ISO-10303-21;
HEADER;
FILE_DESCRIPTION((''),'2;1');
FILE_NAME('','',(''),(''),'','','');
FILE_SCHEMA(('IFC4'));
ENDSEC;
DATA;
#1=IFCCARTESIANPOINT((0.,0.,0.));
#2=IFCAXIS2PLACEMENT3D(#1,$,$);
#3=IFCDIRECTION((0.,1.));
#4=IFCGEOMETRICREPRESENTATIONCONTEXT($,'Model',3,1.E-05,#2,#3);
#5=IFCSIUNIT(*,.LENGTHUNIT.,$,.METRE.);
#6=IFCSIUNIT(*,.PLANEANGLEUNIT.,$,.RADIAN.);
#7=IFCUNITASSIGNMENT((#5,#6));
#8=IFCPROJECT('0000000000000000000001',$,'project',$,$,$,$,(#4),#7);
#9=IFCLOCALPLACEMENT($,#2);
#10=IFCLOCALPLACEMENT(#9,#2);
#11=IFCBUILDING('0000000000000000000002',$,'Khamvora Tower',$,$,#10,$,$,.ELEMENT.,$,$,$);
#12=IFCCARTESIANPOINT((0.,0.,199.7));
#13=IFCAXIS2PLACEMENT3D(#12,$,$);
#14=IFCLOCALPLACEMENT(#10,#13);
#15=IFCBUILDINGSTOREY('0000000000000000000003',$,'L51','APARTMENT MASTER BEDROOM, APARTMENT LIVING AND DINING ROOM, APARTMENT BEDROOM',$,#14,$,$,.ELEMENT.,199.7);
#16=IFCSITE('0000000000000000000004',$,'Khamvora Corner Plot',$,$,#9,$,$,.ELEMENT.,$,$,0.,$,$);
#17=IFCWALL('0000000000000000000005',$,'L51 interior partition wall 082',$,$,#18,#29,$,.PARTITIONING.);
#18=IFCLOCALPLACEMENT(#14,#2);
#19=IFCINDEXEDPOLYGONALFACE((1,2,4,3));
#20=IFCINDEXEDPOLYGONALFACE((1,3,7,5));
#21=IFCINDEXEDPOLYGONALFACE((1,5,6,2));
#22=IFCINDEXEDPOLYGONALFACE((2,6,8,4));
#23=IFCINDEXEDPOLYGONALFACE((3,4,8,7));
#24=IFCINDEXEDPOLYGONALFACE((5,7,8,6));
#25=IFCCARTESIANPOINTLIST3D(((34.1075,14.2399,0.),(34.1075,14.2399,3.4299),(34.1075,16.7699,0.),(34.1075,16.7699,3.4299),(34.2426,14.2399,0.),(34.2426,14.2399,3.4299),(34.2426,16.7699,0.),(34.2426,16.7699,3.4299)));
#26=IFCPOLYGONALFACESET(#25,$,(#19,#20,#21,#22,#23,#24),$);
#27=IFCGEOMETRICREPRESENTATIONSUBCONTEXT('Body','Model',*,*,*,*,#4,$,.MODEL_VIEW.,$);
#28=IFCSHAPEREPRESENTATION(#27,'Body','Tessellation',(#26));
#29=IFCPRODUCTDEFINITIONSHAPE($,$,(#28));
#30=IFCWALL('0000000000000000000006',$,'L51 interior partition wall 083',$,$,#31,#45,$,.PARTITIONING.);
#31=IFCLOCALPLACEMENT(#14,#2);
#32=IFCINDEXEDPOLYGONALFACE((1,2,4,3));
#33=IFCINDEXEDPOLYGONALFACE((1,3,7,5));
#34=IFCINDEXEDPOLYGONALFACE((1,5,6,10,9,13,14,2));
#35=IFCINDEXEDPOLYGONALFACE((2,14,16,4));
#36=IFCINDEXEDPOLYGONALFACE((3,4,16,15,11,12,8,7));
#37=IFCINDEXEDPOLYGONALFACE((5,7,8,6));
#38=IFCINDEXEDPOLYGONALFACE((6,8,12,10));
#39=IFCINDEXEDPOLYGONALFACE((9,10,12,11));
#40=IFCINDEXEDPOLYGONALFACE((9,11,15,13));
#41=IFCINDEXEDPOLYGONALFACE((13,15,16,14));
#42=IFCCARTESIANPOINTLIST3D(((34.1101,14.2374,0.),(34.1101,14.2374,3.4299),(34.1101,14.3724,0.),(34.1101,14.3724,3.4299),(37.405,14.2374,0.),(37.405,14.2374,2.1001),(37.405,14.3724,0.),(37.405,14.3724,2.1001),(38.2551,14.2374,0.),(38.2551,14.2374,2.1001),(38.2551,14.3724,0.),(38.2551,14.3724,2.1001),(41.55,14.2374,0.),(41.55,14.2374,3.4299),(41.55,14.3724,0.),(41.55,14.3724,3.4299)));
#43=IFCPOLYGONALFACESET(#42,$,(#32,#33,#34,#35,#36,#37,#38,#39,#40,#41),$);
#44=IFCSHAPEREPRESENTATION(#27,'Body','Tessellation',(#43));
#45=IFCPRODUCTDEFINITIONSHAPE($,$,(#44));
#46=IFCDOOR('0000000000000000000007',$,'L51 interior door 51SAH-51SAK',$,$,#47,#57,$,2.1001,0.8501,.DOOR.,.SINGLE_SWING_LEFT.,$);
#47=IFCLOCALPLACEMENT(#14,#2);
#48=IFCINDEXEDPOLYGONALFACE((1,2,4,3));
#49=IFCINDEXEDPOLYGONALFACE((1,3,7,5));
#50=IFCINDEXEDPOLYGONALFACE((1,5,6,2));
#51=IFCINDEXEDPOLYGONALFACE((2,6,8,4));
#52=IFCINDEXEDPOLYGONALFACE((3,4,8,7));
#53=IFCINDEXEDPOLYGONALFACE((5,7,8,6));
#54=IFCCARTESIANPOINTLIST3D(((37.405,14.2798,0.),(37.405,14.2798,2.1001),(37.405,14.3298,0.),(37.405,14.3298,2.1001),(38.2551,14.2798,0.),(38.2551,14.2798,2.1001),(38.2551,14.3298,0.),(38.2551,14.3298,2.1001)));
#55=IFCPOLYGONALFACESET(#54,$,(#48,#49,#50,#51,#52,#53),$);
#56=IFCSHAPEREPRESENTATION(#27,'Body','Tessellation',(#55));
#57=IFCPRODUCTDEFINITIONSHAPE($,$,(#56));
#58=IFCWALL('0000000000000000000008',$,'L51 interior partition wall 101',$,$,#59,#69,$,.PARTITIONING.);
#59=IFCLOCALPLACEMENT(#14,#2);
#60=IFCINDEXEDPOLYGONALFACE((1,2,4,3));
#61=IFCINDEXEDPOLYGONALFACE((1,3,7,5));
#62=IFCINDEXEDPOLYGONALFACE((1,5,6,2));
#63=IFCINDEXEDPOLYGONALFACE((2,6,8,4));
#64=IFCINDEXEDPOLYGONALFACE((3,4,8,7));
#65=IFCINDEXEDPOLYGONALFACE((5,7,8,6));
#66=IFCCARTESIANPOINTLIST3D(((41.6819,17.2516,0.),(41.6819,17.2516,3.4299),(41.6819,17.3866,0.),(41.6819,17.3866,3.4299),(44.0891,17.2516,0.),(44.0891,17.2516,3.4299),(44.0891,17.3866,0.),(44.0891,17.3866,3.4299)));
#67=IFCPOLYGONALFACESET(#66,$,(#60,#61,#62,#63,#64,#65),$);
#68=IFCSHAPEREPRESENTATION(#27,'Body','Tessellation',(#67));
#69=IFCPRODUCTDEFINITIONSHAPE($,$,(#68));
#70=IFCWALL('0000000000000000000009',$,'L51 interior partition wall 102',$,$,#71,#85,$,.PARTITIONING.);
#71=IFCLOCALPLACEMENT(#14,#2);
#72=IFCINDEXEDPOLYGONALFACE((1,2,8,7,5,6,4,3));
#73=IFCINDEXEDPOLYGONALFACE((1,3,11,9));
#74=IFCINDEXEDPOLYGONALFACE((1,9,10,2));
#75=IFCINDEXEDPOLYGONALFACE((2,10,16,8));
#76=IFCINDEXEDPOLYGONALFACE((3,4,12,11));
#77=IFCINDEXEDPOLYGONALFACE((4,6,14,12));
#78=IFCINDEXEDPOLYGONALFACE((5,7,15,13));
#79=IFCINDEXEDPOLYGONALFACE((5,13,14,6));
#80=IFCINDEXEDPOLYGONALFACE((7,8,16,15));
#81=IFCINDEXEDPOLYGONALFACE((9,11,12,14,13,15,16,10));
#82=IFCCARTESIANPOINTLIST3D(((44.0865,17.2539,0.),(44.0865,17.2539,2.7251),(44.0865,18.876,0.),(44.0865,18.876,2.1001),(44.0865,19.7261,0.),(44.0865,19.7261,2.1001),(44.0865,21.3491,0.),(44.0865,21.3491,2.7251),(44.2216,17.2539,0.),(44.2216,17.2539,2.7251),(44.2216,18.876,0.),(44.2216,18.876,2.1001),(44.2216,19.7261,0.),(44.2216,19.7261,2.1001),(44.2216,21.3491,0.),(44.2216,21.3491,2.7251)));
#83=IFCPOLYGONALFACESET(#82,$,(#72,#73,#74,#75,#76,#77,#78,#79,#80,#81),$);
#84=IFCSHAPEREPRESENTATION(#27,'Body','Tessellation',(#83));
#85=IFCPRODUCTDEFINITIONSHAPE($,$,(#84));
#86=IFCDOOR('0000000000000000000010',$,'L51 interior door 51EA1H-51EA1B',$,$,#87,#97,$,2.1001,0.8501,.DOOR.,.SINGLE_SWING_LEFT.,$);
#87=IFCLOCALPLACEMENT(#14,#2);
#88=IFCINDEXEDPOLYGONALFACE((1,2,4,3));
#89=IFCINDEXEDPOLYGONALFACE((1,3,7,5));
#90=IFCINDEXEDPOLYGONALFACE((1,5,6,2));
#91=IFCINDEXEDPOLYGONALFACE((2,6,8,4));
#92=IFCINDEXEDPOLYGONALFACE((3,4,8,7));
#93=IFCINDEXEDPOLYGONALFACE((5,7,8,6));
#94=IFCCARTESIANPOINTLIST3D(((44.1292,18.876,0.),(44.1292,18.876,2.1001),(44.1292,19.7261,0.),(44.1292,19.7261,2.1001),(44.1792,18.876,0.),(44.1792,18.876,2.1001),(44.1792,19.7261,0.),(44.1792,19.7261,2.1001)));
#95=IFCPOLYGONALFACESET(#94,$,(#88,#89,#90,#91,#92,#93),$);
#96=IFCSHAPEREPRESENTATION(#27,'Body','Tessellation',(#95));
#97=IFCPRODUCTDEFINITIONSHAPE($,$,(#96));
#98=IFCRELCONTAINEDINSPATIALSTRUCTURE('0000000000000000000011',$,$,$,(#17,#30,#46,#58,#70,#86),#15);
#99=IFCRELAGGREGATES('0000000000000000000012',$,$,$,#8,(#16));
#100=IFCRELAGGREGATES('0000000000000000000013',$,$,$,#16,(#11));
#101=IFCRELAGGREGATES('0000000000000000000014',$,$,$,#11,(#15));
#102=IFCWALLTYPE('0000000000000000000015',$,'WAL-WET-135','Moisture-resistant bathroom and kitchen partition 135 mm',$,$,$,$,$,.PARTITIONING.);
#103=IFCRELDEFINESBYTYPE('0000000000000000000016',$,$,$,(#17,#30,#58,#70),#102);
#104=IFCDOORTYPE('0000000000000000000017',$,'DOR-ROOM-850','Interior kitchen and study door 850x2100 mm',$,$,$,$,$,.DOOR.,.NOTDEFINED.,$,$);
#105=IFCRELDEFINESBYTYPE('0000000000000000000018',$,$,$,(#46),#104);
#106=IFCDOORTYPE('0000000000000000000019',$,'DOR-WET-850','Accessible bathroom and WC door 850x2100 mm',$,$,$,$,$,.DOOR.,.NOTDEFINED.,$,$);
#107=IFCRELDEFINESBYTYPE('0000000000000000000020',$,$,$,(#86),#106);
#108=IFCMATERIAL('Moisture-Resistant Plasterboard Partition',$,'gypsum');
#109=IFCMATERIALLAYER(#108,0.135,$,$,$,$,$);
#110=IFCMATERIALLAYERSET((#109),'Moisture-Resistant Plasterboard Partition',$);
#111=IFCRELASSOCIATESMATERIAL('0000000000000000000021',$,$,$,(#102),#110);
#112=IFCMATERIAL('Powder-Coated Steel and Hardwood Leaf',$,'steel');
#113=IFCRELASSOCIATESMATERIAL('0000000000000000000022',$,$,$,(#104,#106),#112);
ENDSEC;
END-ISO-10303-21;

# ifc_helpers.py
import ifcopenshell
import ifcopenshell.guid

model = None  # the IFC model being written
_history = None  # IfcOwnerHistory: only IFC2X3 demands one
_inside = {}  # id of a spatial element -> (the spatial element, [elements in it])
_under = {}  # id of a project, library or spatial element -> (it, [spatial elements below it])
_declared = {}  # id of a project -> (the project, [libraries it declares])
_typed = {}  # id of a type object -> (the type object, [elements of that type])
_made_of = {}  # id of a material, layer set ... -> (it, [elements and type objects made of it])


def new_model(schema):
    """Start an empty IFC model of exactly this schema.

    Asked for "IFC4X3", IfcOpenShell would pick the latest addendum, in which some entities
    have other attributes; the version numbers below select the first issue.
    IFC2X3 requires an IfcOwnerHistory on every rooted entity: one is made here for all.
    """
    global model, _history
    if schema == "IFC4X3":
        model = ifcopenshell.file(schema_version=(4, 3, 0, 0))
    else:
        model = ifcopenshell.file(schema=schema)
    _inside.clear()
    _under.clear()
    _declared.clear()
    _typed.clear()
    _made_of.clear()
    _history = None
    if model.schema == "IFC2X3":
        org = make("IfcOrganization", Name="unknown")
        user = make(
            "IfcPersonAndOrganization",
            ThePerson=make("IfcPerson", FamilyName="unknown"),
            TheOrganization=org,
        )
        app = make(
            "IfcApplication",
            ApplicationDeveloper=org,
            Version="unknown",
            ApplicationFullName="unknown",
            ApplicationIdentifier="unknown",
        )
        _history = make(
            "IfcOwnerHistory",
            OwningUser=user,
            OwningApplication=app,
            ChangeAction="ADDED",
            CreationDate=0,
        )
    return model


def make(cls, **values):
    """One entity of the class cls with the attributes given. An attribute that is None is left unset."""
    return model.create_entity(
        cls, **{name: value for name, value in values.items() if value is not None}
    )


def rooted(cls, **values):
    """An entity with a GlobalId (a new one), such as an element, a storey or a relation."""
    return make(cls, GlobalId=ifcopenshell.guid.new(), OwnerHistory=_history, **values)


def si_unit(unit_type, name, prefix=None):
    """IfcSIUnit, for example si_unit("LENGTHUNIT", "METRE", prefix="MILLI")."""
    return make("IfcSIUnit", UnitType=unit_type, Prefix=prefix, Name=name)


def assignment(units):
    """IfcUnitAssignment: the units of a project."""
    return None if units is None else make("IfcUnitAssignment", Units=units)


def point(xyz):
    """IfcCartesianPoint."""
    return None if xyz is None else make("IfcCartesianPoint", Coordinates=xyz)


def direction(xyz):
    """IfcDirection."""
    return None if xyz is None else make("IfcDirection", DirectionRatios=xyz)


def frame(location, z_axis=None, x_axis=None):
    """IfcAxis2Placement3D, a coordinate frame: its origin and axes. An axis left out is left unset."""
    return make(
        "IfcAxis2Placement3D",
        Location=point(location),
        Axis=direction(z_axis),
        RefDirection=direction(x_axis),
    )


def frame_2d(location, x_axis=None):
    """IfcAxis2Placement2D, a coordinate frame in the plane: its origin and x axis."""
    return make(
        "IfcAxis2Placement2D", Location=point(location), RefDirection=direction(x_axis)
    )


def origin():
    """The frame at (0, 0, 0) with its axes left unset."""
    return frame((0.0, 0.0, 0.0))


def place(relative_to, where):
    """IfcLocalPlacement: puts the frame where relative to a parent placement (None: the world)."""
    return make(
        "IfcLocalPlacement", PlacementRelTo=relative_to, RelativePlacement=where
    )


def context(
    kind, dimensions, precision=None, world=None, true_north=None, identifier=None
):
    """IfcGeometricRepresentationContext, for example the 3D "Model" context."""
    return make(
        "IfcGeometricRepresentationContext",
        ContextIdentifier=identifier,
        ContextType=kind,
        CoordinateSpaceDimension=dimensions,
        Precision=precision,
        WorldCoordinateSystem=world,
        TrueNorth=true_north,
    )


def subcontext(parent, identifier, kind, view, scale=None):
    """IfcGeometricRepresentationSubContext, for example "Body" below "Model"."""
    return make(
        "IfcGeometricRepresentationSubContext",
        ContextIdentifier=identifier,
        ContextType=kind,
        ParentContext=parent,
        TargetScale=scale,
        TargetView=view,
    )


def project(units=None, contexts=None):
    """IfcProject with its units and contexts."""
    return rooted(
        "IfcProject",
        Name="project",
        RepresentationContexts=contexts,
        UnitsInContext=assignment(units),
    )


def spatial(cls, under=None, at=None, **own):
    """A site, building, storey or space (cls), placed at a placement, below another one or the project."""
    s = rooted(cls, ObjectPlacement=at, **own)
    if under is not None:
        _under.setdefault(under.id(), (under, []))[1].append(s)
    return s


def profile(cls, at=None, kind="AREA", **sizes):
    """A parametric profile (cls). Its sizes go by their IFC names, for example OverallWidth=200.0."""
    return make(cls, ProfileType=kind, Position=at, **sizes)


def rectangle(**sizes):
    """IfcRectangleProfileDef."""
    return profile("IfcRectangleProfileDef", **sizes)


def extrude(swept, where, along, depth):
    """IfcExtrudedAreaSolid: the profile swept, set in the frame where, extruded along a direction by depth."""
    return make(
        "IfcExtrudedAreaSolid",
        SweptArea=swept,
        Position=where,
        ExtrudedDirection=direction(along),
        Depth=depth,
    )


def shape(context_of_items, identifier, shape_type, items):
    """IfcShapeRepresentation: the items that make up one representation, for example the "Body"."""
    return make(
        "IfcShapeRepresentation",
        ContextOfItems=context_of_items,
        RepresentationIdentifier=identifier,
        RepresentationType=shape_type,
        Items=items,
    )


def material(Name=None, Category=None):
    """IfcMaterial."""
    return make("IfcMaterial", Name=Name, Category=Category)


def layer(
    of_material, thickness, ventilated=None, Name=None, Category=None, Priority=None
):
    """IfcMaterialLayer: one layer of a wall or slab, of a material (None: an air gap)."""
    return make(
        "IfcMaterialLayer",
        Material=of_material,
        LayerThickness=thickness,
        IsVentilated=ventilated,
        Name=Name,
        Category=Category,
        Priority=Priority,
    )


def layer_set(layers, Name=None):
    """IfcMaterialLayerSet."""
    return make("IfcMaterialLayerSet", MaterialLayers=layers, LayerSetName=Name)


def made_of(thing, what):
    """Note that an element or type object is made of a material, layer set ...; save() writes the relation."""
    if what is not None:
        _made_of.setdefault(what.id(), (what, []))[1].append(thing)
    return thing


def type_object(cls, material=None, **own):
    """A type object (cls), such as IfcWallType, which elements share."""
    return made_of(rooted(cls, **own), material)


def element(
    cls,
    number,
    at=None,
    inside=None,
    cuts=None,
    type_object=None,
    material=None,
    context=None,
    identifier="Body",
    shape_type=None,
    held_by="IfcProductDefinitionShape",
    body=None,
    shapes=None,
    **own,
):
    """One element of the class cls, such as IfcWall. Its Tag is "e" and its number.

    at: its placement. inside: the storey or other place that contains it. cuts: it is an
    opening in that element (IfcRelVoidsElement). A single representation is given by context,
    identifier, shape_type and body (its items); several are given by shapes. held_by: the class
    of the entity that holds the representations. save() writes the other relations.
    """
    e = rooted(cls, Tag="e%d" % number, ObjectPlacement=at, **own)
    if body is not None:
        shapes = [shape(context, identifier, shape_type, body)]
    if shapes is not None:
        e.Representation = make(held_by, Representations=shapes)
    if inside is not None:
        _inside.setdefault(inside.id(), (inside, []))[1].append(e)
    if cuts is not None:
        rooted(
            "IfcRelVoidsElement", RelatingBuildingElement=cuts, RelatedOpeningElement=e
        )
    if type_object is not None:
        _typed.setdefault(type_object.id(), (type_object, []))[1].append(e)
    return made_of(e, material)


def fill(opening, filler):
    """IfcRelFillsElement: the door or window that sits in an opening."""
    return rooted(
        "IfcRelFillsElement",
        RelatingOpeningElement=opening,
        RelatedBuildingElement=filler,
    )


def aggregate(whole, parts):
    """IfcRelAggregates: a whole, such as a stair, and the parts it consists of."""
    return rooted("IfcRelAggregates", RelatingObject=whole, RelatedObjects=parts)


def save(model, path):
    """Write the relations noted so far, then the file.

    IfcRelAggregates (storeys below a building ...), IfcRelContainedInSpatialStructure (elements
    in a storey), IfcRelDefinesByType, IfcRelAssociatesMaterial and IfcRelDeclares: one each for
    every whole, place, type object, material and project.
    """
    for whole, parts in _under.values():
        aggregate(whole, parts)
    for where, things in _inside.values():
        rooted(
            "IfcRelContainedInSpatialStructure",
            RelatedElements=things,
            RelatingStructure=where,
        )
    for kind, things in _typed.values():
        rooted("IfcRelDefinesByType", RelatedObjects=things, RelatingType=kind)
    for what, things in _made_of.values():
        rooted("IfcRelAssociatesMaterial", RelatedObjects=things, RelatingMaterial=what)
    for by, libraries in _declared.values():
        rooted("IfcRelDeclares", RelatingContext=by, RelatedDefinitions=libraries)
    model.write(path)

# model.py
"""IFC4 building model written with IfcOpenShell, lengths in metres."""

from ifc_helpers import new_model, si_unit, direction, frame, frame_2d, origin, place, context, subcontext, project, spatial, rectangle, extrude, material, layer, layer_set, type_object, element, fill, save


model = new_model("IFC4")

# Units and contexts
model_context = context("Model", 3, precision=1e-05, world=origin(), true_north=direction((0.0, 1.0)))
body_context = subcontext(model_context, "Body", "Model", "MODEL_VIEW")
ifc_project = project(units=[si_unit("LENGTHUNIT", "METRE"), si_unit("PLANEANGLEUNIT", "RADIAN")], contexts=[model_context])

# Site, building, storey
site_placement = place(None, origin())
site = spatial("IfcSite", under=ifc_project, at=site_placement, Name="Khamvora Corner Plot", CompositionType="ELEMENT", RefElevation=0.0)
building_placement = place(site_placement, origin())
building = spatial("IfcBuilding", under=site, at=building_placement, Name="Khamvora Tower", CompositionType="ELEMENT")
storey_placement = place(building_placement, frame((0.0, 0.0, 199.7)))
storey = spatial("IfcBuildingStorey", under=building, at=storey_placement, Name="L51", Description="APARTMENT MASTER BEDROOM, APARTMENT LIVING AND DINING ROOM, APARTMENT BEDROOM", CompositionType="ELEMENT", Elevation=199.7)

# Shared definitions
ifc_material_1 = material(Name="Powder-Coated Steel and Hardwood Leaf", Category="steel")

# Wall
ifc_material_2 = material(Name="Moisture-Resistant Plasterboard Partition", Category="gypsum")
ifc_layer_1 = layer(ifc_material_2, 0.135)
ifc_layer_set_1 = layer_set([ifc_layer_1], Name="Moisture-Resistant Plasterboard Partition")
wall_type_1 = type_object("IfcWallType", Name="WAL-WET-135", Description="Moisture-resistant bathroom and kitchen partition 135 mm", PredefinedType="PARTITIONING", material=ifc_layer_set_1)
wall_1_placement = place(storey_placement, frame((34.175, 16.77, 0.0), z_axis=(0.0, 0.0, 1.0), x_axis=(0.0, -1.0, 0.0)))
element("IfcWall", 1, at=wall_1_placement, inside=storey, type_object=wall_type_1, Name="L51 interior partition wall 082", PredefinedType="PARTITIONING", context=body_context, shape_type="SweptSolid", body=[
    extrude(rectangle(XDim=2.53, YDim=0.135, at=frame_2d((1.2651, 0.0))), origin(), (0.0, 0.0, 1.0), 3.4299),
])

# Wall, opening, door
wall_2_placement = place(storey_placement, frame((34.1101, 14.3049, 0.0), z_axis=(0.0, 0.0, 1.0), x_axis=(1.0, 0.0, 0.0)))
wall_2 = element("IfcWall", 2, at=wall_2_placement, inside=storey, type_object=wall_type_1, Name="L51 interior partition wall 083", PredefinedType="PARTITIONING", context=body_context, shape_type="SweptSolid", body=[
    extrude(rectangle(XDim=7.4399, YDim=0.135, at=frame_2d((3.72, 0.0))), origin(), (0.0, 0.0, 1.0), 3.4299),
])
opening_1_placement = place(wall_2_placement, frame((3.2949, 0.0, 0.0)))
opening_1 = element("IfcOpeningElement", 3, at=opening_1_placement, cuts=wall_2, PredefinedType="OPENING", context=body_context, shape_type="SweptSolid", body=[
    extrude(rectangle(XDim=0.8501, YDim=2.1001, at=frame_2d((0.425, 1.05))), frame((0.0, 0.0774, 0.0), z_axis=(0.0, -1.0, 0.0), x_axis=(1.0, 0.0, 0.0)), (0.0, 0.0, 1.0), 0.155),
])
door_type_1 = type_object("IfcDoorType", Name="DOR-ROOM-850", Description="Interior kitchen and study door 850x2100 mm", OperationType="NOTDEFINED", PredefinedType="DOOR", material=ifc_material_1)
door_1_placement = place(opening_1_placement, origin())
door_1 = element("IfcDoor", 4, at=door_1_placement, inside=storey, type_object=door_type_1, Name="L51 interior door 51SAH-51SAK", OperationType="SINGLE_SWING_LEFT", OverallHeight=2.1001, OverallWidth=0.8501, PredefinedType="DOOR", context=body_context, shape_type="SweptSolid", body=[
    extrude(rectangle(XDim=0.8501, YDim=2.1001, at=frame_2d((0.425, 1.05))), frame((0.0, 0.0249, 0.0), z_axis=(0.0, -1.0, 0.0), x_axis=(1.0, 0.0, 0.0)), (0.0, 0.0, 1.0), 0.05),
])
fill(opening_1, door_1)

# Wall
wall_3_placement = place(storey_placement, frame((41.6819, 17.3191, 0.0), z_axis=(0.0, 0.0, 1.0), x_axis=(1.0, 0.0, 0.0)))
element("IfcWall", 5, at=wall_3_placement, inside=storey, type_object=wall_type_1, Name="L51 interior partition wall 101", PredefinedType="PARTITIONING", context=body_context, shape_type="SweptSolid", body=[
    extrude(rectangle(XDim=2.4072, YDim=0.135, at=frame_2d((1.2036, 0.0))), origin(), (0.0, 0.0, 1.0), 3.4299),
])

# Wall, opening, door
wall_4_placement = place(storey_placement, frame((44.1541, 17.2539, 0.0), z_axis=(0.0, 0.0, 1.0), x_axis=(0.0, 1.0, 0.0)))
wall_4 = element("IfcWall", 6, at=wall_4_placement, inside=storey, type_object=wall_type_1, Name="L51 interior partition wall 102", PredefinedType="PARTITIONING", context=body_context, shape_type="SweptSolid", body=[
    extrude(rectangle(XDim=4.0952, YDim=0.135, at=frame_2d((2.0476, 0.0))), origin(), (0.0, 0.0, 1.0), 2.7251),
])
opening_2_placement = place(wall_4_placement, frame((1.6221, 0.0, 0.0)))
opening_2 = element("IfcOpeningElement", 7, at=opening_2_placement, cuts=wall_4, PredefinedType="OPENING", context=body_context, shape_type="SweptSolid", body=[
    extrude(rectangle(XDim=0.8501, YDim=2.1001, at=frame_2d((0.425, 1.05))), frame((0.0, 0.0774, 0.0), z_axis=(0.0, -1.0, 0.0), x_axis=(1.0, 0.0, 0.0)), (0.0, 0.0, 1.0), 0.155),
])
door_type_2 = type_object("IfcDoorType", Name="DOR-WET-850", Description="Accessible bathroom and WC door 850x2100 mm", OperationType="NOTDEFINED", PredefinedType="DOOR", material=ifc_material_1)
door_2_placement = place(opening_2_placement, origin())
door_2 = element("IfcDoor", 8, at=door_2_placement, inside=storey, type_object=door_type_2, Name="L51 interior door 51EA1H-51EA1B", OperationType="SINGLE_SWING_LEFT", OverallHeight=2.1001, OverallWidth=0.8501, PredefinedType="DOOR", context=body_context, shape_type="SweptSolid", body=[
    extrude(rectangle(XDim=0.8501, YDim=2.1001, at=frame_2d((0.425, 1.05))), frame((0.0, 0.0249, 0.0), z_axis=(0.0, -1.0, 0.0), x_axis=(1.0, 0.0, 0.0)), (0.0, 0.0, 1.0), 0.05),
])
fill(opening_2, door_2)

save(model, "model.ifc")
